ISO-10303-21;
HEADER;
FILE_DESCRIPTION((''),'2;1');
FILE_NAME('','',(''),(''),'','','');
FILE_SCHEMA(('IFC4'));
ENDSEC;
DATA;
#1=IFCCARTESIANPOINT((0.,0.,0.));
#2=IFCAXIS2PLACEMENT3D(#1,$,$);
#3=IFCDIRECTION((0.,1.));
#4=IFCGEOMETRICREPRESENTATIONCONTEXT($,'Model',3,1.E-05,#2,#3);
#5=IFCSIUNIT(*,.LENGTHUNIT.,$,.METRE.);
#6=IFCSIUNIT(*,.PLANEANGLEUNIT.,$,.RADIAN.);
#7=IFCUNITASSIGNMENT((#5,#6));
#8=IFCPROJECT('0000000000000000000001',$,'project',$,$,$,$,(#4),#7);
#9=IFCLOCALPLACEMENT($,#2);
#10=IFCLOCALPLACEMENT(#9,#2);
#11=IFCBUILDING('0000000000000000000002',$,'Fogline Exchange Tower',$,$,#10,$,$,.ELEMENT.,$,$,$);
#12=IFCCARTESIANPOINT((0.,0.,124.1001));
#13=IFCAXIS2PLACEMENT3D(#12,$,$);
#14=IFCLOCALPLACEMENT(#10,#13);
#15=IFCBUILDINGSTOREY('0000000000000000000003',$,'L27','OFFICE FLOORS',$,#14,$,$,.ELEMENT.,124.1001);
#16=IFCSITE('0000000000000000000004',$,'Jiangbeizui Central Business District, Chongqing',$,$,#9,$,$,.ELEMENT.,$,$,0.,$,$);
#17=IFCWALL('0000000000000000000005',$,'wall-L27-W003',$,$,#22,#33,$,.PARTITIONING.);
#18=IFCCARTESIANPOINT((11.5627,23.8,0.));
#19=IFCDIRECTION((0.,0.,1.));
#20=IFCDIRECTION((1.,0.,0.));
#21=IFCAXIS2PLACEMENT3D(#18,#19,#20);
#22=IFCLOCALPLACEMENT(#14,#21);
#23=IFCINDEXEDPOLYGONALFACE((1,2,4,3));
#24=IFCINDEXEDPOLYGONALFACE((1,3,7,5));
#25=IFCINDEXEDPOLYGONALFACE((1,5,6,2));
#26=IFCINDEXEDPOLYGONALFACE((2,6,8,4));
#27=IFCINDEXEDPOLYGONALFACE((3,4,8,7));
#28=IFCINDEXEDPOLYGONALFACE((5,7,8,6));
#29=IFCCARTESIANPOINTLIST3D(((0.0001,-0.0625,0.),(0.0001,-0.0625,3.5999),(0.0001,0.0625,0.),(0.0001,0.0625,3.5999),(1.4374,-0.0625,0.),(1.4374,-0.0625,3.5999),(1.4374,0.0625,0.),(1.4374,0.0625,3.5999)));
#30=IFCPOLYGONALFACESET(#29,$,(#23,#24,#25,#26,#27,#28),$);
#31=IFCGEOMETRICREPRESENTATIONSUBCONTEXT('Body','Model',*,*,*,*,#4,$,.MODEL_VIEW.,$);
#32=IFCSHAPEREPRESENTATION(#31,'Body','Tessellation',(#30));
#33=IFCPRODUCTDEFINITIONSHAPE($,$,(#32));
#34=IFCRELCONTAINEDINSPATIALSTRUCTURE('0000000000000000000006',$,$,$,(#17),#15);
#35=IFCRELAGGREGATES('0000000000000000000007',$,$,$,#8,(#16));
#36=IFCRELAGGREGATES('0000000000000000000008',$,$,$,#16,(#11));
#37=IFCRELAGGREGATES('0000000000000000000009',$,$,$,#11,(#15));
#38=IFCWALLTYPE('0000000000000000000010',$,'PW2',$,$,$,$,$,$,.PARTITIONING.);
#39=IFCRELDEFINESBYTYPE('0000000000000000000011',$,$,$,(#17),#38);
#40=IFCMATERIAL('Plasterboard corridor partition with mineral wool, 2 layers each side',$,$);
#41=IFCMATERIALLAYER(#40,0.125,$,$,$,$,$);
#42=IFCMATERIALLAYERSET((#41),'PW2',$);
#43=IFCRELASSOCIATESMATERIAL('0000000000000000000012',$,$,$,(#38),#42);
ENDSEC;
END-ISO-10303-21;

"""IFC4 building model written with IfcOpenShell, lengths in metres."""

from ifc_helpers import new_model, si_unit, direction, frame, frame_2d, origin, place, context, subcontext, project, spatial, rectangle, extrude, material, layer, layer_set, type_object, element, save


model = new_model("IFC4")

# Units and contexts
model_context = context("Model", 3, precision=1e-05, world=origin(), true_north=direction((0.0, 1.0)))
body_context = subcontext(model_context, "Body", "Model", "MODEL_VIEW")
ifc_project = project(units=[si_unit("LENGTHUNIT", "METRE"), si_unit("PLANEANGLEUNIT", "RADIAN")], contexts=[model_context])

# Site, building, storey
site_placement = place(None, origin())
site = spatial("IfcSite", under=ifc_project, at=site_placement, Name="Jiangbeizui Central Business District, Chongqing", CompositionType="ELEMENT", RefElevation=0.0)
building_placement = place(site_placement, origin())
building = spatial("IfcBuilding", under=site, at=building_placement, Name="Fogline Exchange Tower", CompositionType="ELEMENT")
storey_placement = place(building_placement, frame((0.0, 0.0, 124.1001)))
storey = spatial("IfcBuildingStorey", under=building, at=storey_placement, Name="L27", Description="OFFICE FLOORS", CompositionType="ELEMENT", Elevation=124.1001)

# Wall
ifc_material_1 = material(Name="Plasterboard corridor partition with mineral wool, 2 layers each side")
ifc_layer_1 = layer(ifc_material_1, 0.125)
ifc_layer_set_1 = layer_set([ifc_layer_1], Name="PW2")
wall_type_1 = type_object("IfcWallType", Name="PW2", PredefinedType="PARTITIONING", material=ifc_layer_set_1)
wall_1_placement = place(storey_placement, frame((11.5627, 23.8, 0.0), z_axis=(0.0, 0.0, 1.0), x_axis=(1.0, 0.0, 0.0)))
element("IfcWall", 1, at=wall_1_placement, inside=storey, type_object=wall_type_1, Name="wall-L27-W003", PredefinedType="PARTITIONING", context=body_context, shape_type="SweptSolid", body=[
    extrude(rectangle(XDim=1.4373, YDim=0.125, at=frame_2d((0.7188, 0.0))), origin(), (0.0, 0.0, 1.0), 3.5999),
])

save(model, "model.ifc")
